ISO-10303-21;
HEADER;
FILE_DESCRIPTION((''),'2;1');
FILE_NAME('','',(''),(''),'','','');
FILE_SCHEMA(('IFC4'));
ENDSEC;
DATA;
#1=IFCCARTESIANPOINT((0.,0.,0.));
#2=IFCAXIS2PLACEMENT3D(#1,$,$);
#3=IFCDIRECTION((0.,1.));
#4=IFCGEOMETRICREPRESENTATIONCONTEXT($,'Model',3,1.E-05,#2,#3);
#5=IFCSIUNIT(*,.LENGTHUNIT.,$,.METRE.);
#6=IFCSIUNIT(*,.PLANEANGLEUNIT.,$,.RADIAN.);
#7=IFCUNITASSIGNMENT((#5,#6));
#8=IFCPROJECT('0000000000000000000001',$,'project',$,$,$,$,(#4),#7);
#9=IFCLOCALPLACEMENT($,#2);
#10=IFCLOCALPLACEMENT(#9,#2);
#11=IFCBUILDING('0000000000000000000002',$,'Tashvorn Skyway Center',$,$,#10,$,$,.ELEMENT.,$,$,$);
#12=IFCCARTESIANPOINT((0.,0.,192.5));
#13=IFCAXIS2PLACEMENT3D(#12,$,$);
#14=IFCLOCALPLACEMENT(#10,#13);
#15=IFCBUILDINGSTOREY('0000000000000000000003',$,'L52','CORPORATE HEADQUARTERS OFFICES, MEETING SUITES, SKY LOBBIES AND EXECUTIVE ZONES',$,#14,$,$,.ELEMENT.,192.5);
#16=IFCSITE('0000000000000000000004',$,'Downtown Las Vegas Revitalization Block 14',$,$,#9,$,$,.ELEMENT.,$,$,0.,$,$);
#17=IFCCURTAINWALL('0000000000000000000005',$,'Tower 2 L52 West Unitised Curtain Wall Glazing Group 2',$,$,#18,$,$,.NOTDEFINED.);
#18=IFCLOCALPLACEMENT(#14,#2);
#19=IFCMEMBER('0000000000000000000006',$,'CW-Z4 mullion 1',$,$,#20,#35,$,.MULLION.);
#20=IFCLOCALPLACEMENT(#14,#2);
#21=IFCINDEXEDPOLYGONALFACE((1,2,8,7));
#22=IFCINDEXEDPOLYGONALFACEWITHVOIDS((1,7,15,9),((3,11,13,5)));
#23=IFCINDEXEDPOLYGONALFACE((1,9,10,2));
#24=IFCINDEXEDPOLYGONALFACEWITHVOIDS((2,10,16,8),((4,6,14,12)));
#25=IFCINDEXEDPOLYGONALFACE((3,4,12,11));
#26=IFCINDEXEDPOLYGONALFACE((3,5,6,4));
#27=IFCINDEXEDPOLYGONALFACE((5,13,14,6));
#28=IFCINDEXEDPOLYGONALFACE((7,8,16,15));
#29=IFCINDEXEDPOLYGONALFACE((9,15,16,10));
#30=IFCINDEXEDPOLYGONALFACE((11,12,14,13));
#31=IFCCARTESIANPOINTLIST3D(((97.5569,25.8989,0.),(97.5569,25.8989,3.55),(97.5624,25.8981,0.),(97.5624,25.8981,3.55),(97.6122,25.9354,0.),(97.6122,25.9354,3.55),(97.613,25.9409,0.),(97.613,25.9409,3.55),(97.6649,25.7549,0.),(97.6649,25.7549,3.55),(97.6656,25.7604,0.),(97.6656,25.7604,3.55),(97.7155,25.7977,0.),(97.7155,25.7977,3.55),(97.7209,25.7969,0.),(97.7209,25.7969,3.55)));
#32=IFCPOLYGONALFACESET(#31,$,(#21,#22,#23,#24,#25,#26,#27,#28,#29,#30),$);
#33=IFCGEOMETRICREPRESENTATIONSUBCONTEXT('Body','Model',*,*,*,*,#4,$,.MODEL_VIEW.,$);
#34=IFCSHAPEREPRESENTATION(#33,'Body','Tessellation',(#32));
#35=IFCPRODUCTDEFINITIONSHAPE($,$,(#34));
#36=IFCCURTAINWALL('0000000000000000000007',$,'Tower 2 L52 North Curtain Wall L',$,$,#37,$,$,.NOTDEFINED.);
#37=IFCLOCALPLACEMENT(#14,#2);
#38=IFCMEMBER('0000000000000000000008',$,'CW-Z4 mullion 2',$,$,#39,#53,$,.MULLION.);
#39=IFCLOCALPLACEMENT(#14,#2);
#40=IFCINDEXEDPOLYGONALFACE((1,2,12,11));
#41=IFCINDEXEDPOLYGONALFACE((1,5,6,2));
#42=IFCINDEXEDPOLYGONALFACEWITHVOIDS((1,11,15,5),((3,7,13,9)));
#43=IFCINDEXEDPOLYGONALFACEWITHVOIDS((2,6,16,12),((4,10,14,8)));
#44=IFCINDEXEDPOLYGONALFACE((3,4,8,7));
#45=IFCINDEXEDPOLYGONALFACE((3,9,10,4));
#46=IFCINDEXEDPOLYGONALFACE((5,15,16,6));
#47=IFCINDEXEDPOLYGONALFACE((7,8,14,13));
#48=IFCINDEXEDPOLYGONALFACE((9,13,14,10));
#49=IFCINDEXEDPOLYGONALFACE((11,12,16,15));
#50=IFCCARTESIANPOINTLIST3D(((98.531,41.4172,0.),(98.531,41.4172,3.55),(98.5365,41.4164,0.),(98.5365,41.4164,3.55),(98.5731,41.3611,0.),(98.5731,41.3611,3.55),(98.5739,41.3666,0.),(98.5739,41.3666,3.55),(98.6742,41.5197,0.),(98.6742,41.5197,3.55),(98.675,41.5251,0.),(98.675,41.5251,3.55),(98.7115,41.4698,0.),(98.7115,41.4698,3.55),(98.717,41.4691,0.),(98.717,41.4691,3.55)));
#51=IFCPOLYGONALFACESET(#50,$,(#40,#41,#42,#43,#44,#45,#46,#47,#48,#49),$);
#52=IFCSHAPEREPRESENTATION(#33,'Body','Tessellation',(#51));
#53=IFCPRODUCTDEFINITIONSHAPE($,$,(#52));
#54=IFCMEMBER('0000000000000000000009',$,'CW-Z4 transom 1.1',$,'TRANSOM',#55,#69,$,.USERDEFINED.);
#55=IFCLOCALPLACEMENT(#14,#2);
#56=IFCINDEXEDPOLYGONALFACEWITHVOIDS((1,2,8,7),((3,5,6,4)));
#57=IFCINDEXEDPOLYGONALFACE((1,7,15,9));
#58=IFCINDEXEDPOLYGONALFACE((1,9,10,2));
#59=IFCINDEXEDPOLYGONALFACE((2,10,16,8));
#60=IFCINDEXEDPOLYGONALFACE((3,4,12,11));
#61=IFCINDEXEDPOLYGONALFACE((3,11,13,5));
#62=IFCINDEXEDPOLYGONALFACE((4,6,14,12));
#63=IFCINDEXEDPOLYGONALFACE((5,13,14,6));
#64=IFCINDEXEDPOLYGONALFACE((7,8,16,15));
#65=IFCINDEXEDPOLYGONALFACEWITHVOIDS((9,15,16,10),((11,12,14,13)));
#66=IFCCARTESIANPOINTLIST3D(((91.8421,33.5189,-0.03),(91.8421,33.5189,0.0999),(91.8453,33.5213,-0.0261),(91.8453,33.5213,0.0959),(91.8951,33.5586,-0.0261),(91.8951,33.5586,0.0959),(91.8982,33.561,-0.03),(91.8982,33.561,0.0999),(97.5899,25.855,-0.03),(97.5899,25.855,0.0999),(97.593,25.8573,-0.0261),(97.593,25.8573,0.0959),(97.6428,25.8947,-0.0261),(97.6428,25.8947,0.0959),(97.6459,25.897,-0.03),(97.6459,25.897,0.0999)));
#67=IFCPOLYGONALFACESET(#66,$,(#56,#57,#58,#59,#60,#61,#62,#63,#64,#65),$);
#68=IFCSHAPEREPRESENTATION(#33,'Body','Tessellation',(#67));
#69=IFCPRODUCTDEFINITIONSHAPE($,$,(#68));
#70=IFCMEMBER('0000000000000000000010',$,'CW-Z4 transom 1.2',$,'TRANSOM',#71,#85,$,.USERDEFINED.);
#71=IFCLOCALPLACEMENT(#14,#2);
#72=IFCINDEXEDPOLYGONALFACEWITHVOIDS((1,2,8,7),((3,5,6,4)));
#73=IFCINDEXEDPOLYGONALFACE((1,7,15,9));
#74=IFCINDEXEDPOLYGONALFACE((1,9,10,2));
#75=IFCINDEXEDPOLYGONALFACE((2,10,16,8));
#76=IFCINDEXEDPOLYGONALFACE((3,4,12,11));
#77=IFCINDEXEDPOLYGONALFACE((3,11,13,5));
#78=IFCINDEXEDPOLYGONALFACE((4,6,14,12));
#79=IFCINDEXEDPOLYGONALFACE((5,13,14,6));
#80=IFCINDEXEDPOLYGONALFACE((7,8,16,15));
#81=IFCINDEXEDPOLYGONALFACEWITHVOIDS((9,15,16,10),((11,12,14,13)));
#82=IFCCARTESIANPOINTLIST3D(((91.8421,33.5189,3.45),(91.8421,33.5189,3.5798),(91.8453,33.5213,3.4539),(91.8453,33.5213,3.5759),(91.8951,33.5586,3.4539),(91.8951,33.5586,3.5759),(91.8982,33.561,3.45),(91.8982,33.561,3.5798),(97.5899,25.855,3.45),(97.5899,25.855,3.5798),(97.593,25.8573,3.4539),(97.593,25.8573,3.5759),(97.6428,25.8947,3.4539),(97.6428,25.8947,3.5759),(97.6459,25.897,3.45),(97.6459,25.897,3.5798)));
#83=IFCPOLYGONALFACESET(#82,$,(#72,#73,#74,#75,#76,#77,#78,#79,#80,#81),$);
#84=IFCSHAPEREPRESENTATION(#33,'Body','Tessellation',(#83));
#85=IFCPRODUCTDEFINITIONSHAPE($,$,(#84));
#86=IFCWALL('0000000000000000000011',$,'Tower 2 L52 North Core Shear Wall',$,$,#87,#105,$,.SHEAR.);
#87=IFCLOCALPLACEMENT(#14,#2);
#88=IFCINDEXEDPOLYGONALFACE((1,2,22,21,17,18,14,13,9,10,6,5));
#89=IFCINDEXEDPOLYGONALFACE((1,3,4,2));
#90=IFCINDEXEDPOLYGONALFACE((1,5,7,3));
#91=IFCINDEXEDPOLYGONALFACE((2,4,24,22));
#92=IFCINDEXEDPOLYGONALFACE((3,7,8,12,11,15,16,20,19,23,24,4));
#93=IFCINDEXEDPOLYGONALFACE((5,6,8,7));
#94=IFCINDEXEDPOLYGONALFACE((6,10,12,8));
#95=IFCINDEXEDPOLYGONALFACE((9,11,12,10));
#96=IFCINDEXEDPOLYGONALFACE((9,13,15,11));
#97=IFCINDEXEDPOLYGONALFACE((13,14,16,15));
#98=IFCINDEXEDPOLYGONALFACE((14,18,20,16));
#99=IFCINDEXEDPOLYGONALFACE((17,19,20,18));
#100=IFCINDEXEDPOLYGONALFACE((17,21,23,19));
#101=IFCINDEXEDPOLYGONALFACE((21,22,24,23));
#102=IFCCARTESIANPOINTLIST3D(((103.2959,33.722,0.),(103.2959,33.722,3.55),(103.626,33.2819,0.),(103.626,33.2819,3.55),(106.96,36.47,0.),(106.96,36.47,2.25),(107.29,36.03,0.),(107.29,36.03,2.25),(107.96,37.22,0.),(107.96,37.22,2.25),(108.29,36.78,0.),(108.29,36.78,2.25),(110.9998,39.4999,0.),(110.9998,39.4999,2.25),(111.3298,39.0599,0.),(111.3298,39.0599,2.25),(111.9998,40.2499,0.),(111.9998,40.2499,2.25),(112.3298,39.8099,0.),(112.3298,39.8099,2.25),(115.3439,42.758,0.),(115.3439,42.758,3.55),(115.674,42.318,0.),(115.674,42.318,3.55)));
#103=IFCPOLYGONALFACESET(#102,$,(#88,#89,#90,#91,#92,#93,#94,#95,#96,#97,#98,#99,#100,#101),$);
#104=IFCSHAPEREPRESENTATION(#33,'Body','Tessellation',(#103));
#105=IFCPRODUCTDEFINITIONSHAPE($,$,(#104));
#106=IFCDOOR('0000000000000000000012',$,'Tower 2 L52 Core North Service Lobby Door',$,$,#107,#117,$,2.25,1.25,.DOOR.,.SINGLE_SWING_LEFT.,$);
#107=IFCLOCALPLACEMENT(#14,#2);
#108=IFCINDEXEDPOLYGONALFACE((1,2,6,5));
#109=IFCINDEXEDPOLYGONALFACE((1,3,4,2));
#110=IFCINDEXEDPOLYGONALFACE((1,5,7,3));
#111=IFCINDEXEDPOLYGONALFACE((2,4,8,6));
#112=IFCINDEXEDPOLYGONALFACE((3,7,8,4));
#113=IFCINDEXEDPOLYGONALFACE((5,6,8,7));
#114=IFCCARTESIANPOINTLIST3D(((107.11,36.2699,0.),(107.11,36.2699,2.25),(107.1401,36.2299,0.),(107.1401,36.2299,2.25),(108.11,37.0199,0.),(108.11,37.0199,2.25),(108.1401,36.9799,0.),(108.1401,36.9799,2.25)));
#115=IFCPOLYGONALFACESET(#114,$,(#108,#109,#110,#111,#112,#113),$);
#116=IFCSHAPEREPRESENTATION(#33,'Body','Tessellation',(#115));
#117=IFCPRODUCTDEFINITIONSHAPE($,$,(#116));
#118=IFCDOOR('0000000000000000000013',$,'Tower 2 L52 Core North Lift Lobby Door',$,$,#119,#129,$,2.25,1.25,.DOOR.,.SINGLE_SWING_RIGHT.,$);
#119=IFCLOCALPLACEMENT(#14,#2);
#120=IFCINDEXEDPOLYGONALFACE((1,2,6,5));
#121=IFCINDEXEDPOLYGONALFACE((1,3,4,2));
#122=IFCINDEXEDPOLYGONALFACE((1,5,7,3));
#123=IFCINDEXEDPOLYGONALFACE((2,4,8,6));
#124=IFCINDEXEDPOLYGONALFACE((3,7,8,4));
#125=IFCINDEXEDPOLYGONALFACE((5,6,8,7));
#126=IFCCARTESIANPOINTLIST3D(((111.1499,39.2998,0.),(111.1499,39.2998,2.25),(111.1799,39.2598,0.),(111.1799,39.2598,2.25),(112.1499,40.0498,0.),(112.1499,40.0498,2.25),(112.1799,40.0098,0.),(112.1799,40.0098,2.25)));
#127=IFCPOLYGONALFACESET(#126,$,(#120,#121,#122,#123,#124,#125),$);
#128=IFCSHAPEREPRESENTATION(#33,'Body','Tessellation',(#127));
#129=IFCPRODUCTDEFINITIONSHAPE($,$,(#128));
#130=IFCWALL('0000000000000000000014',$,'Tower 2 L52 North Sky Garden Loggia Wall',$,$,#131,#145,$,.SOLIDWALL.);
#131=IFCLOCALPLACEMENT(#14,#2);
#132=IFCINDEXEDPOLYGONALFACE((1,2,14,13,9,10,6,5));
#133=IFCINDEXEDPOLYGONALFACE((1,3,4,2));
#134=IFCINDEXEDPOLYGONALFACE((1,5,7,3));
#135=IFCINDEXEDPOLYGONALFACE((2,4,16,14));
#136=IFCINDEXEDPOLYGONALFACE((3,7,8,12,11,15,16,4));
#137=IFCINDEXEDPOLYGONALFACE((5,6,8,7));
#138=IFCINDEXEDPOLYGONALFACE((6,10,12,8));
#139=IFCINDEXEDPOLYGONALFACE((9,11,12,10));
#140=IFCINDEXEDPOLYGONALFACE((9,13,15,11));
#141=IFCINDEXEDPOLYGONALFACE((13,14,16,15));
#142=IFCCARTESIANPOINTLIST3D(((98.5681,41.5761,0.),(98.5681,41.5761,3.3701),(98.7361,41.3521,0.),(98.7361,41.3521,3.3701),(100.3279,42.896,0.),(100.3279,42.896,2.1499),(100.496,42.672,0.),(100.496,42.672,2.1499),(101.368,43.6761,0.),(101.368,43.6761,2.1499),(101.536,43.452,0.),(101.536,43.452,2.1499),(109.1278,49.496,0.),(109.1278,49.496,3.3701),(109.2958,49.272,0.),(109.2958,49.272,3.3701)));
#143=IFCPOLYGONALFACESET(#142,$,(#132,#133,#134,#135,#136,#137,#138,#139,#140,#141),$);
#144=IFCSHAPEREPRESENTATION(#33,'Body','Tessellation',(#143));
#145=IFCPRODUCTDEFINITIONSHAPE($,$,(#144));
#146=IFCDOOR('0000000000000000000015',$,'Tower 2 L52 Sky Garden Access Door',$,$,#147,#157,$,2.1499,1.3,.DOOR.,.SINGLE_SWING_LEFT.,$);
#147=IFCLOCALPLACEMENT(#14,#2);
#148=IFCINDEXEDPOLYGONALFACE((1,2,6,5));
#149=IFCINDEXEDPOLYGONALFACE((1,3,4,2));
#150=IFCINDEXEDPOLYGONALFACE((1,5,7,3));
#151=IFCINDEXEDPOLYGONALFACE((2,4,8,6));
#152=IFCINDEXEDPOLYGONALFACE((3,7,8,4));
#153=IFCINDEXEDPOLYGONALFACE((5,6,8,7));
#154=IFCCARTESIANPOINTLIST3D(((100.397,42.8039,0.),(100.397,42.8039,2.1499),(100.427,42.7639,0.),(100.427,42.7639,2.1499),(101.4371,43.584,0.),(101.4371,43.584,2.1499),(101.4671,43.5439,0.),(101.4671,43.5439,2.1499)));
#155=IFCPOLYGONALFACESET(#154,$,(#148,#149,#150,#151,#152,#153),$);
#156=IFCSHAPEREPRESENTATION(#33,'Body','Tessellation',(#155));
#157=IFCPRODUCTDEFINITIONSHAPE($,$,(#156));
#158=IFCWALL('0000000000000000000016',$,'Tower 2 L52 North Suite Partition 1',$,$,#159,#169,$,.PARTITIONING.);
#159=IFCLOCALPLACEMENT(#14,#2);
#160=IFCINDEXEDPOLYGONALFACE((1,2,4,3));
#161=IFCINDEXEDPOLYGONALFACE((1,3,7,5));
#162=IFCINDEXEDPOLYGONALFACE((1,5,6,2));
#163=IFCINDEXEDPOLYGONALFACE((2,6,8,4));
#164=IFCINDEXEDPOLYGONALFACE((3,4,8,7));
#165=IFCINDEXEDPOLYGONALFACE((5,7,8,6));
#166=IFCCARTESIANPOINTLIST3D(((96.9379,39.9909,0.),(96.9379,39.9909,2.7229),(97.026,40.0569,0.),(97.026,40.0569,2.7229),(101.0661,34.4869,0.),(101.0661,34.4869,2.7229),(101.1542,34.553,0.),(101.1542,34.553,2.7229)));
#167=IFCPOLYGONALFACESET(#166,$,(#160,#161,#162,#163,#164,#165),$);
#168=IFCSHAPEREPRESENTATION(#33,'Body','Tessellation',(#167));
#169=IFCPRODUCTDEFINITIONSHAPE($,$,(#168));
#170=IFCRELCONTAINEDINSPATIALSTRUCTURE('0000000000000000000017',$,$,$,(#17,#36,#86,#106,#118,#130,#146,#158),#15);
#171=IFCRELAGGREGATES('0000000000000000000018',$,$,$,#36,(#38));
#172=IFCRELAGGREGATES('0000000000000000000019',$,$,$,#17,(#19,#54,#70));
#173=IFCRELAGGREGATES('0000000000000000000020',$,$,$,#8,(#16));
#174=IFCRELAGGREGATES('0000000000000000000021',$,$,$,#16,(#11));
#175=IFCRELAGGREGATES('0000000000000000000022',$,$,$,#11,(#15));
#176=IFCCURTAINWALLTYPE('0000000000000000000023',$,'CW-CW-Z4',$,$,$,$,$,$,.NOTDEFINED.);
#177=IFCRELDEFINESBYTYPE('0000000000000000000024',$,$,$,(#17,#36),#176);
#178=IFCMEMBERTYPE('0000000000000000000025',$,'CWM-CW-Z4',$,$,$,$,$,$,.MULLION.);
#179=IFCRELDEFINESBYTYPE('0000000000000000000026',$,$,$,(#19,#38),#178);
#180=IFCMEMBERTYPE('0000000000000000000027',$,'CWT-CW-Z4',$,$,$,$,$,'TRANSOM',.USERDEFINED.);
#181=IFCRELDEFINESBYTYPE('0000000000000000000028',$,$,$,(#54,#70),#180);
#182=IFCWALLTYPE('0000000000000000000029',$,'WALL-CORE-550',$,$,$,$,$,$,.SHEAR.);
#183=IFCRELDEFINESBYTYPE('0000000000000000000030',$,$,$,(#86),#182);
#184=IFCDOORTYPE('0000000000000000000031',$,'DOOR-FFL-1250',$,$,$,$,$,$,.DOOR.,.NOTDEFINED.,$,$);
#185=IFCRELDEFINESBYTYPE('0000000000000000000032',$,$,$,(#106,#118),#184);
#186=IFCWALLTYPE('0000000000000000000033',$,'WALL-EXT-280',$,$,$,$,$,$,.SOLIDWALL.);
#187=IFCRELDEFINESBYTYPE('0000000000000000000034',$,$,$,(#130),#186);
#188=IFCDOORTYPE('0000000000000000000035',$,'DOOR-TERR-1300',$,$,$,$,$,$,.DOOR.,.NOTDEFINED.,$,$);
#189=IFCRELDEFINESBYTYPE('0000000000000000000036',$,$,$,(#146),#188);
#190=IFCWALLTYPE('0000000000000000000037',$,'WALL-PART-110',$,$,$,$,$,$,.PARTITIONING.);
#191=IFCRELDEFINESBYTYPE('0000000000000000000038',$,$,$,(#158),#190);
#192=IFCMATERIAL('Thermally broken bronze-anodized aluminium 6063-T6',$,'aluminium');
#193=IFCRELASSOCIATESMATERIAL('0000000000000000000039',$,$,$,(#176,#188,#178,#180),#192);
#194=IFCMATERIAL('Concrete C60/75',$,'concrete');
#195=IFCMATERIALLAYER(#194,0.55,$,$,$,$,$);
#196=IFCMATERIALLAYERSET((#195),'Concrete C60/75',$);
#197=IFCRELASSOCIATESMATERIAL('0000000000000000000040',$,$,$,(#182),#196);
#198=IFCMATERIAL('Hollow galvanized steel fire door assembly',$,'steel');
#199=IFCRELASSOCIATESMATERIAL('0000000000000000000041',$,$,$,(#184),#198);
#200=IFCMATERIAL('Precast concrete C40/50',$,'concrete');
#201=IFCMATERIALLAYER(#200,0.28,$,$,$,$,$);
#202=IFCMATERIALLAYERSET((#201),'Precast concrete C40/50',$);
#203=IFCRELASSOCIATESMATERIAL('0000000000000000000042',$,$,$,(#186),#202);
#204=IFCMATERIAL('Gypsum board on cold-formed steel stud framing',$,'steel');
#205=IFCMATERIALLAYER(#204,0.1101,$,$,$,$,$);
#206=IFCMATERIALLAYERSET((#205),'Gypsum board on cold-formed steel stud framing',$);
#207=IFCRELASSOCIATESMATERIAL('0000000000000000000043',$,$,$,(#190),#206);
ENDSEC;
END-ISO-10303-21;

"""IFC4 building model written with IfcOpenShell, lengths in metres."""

from ifc_helpers import new_model, si_unit, direction, frame, frame_2d, origin, origin_2d, place, context, subcontext, project, spatial, rectangle, hollow_rectangle, extrude, material, layer, layer_set, material_profile, profile_set, type_object, element, fill, aggregate, save


model = new_model("IFC4")

# Units and contexts
model_context = context("Model", 3, precision=1e-05, world=origin(), true_north=direction((0.0, 1.0)))
body_context = subcontext(model_context, "Body", "Model", "MODEL_VIEW")
ifc_project = project(units=[si_unit("LENGTHUNIT", "METRE"), si_unit("PLANEANGLEUNIT", "RADIAN")], contexts=[model_context])

# Site, building, storey
site_placement = place(None, origin())
site = spatial("IfcSite", under=ifc_project, at=site_placement, Name="Downtown Las Vegas Revitalization Block 14", CompositionType="ELEMENT", RefElevation=0.0)
building_placement = place(site_placement, origin())
building = spatial("IfcBuilding", under=site, at=building_placement, Name="Tashvorn Skyway Center", CompositionType="ELEMENT")
storey_placement = place(building_placement, frame((0.0, 0.0, 192.5)))
storey = spatial("IfcBuildingStorey", under=building, at=storey_placement, Name="L52", Description="CORPORATE HEADQUARTERS OFFICES, MEETING SUITES, SKY LOBBIES AND EXECUTIVE ZONES", CompositionType="ELEMENT", Elevation=192.5)

# Curtain walls, members
ifc_material_1 = material(Name="Thermally broken bronze-anodized aluminium 6063-T6", Category="aluminium")
curtain_wall_type = type_object("IfcCurtainWallType", Name="CW-CW-Z4", PredefinedType="NOTDEFINED", material=ifc_material_1)
ifc_material_profile_1 = material_profile(ifc_material_1, hollow_rectangle(XDim=0.0701, YDim=0.1799, WallThickness=0.0039, at=origin_2d()), Name="ALU-MULL-70x180")
ifc_profile_set_1 = profile_set([ifc_material_profile_1], Name="Thermally broken bronze-anodized aluminium 6063-T6")
member_type_1 = type_object("IfcMemberType", Name="CWM-CW-Z4", PredefinedType="MULLION", material=ifc_profile_set_1)
curtain_wall_1_placement = place(storey_placement, origin())
curtain_wall_1 = element("IfcCurtainWall", 1, at=curtain_wall_1_placement, inside=storey, type_object=curtain_wall_type, Name="Tower 2 L52 West Unitised Curtain Wall Glazing Group 2", PredefinedType="NOTDEFINED")
member_1_placement = place(storey_placement, frame((97.6389, 25.8479, 0.0), z_axis=(0.0, 0.0, 1.0), x_axis=(-0.8, -0.6, 0.0)))
member_1 = element("IfcMember", 2, at=member_1_placement, type_object=member_type_1, Name="CW-Z4 mullion 1", PredefinedType="MULLION", context=body_context, shape_type="SweptSolid", body=[
    extrude(hollow_rectangle(XDim=0.0701, YDim=0.1799, WallThickness=0.0039, at=origin_2d()), origin(), (0.0, 0.0, 1.0), 3.55),
])
curtain_wall_2_placement = place(storey_placement, origin())
curtain_wall_2 = element("IfcCurtainWall", 3, at=curtain_wall_2_placement, inside=storey, type_object=curtain_wall_type, Name="Tower 2 L52 North Curtain Wall L", PredefinedType="NOTDEFINED")
member_2_placement = place(storey_placement, frame((98.624, 41.4431, 0.0), z_axis=(0.0, 0.0, 1.0), x_axis=(-0.6, 0.8, 0.0)))
member_2 = element("IfcMember", 4, at=member_2_placement, type_object=member_type_1, Name="CW-Z4 mullion 2", PredefinedType="MULLION", context=body_context, shape_type="SweptSolid", body=[
    extrude(hollow_rectangle(XDim=0.0701, YDim=0.1799, WallThickness=0.0039, at=origin_2d()), origin(), (0.0, 0.0, 1.0), 3.55),
])
aggregate(curtain_wall_2, [member_2])

# Members
ifc_material_profile_2 = material_profile(ifc_material_1, hollow_rectangle(XDim=0.0701, YDim=0.1299, WallThickness=0.0039, at=origin_2d()), Name="ALU-TRAN-70x130")
ifc_profile_set_2 = profile_set([ifc_material_profile_2], Name="Thermally broken bronze-anodized aluminium 6063-T6")
member_type_2 = type_object("IfcMemberType", Name="CWT-CW-Z4", ElementType="TRANSOM", PredefinedType="USERDEFINED", material=ifc_profile_set_2)
member_3_placement = place(storey_placement, frame((97.6179, 25.876, 0.0349), z_axis=(-0.599984, 0.800012, 0.0), x_axis=(-0.800012, -0.599984, 0.0)))
member_3 = element("IfcMember", 5, at=member_3_placement, type_object=member_type_2, Name="CW-Z4 transom 1.1", ObjectType="TRANSOM", PredefinedType="USERDEFINED", context=body_context, shape_type="SweptSolid", body=[
    extrude(hollow_rectangle(XDim=0.0701, YDim=0.1299, WallThickness=0.0039, at=origin_2d()), origin(), (0.0, 0.0, 1.0), 9.5798),
])
member_4_placement = place(storey_placement, frame((97.6179, 25.876, 3.5149), z_axis=(-0.599984, 0.800012, 0.0), x_axis=(-0.800012, -0.599984, 0.0)))
member_4 = element("IfcMember", 6, at=member_4_placement, type_object=member_type_2, Name="CW-Z4 transom 1.2", ObjectType="TRANSOM", PredefinedType="USERDEFINED", context=body_context, shape_type="SweptSolid", body=[
    extrude(hollow_rectangle(XDim=0.0701, YDim=0.1299, WallThickness=0.0039, at=origin_2d()), origin(), (0.0, 0.0, 1.0), 9.5798),
])
aggregate(curtain_wall_1, [member_1, member_3, member_4])

# Wall, openings, doors
ifc_material_2 = material(Name="Concrete C60/75", Category="concrete")
ifc_layer_1 = layer(ifc_material_2, 0.55)
ifc_layer_set_1 = layer_set([ifc_layer_1], Name="Concrete C60/75")
wall_type_1 = type_object("IfcWallType", Name="WALL-CORE-550", PredefinedType="SHEAR", material=ifc_layer_set_1)
wall_1_placement = place(storey_placement, frame((103.4609, 33.502, 0.0), z_axis=(0.0, 0.0, 1.0), x_axis=(0.799998, 0.600003, 0.0)))
wall_1 = element("IfcWall", 7, at=wall_1_placement, inside=storey, type_object=wall_type_1, Name="Tower 2 L52 North Core Shear Wall", PredefinedType="SHEAR", context=body_context, shape_type="SweptSolid", body=[
    extrude(rectangle(XDim=15.0601, YDim=0.55, at=frame_2d((7.53, 0.0))), origin(), (0.0, 0.0, 1.0), 3.55),
])
opening_1_placement = place(wall_1_placement, frame((4.5801, 0.0, 0.0)))
opening_1 = element("IfcOpeningElement", 8, at=opening_1_placement, cuts=wall_1, PredefinedType="OPENING", context=body_context, shape_type="SweptSolid", body=[
    extrude(rectangle(XDim=1.25, YDim=2.25, at=frame_2d((0.625, 1.125))), frame((0.0, 0.2849, 0.0), z_axis=(0.0, -1.0, 0.0), x_axis=(1.0, 0.0, 0.0)), (0.0, 0.0, 1.0), 0.5701),
])
opening_2_placement = place(wall_1_placement, frame((9.6299, 0.0, 0.0)))
opening_2 = element("IfcOpeningElement", 9, at=opening_2_placement, cuts=wall_1, PredefinedType="OPENING", context=body_context, shape_type="SweptSolid", body=[
    extrude(rectangle(XDim=1.25, YDim=2.25, at=frame_2d((0.625, 1.125))), frame((0.0, 0.2849, 0.0), z_axis=(0.0, -1.0, 0.0), x_axis=(1.0, 0.0, 0.0)), (0.0, 0.0, 1.0), 0.5701),
])
ifc_material_3 = material(Name="Hollow galvanized steel fire door assembly", Category="steel")
door_type_1 = type_object("IfcDoorType", Name="DOOR-FFL-1250", OperationType="NOTDEFINED", PredefinedType="DOOR", material=ifc_material_3)
door_1_placement = place(opening_1_placement, origin())
door_1 = element("IfcDoor", 10, at=door_1_placement, inside=storey, type_object=door_type_1, Name="Tower 2 L52 Core North Service Lobby Door", OperationType="SINGLE_SWING_LEFT", OverallHeight=2.25, OverallWidth=1.25, PredefinedType="DOOR", context=body_context, shape_type="SweptSolid", body=[
    extrude(rectangle(XDim=1.25, YDim=2.25, at=frame_2d((0.625, 1.125))), frame((0.0, 0.0249, 0.0), z_axis=(0.0, -1.0, 0.0), x_axis=(1.0, 0.0, 0.0)), (0.0, 0.0, 1.0), 0.05),
])
fill(opening_1, door_1)
door_2_placement = place(opening_2_placement, origin())
door_2 = element("IfcDoor", 11, at=door_2_placement, inside=storey, type_object=door_type_1, Name="Tower 2 L52 Core North Lift Lobby Door", OperationType="SINGLE_SWING_RIGHT", OverallHeight=2.25, OverallWidth=1.25, PredefinedType="DOOR", context=body_context, shape_type="SweptSolid", body=[
    extrude(rectangle(XDim=1.25, YDim=2.25, at=frame_2d((0.625, 1.125))), frame((0.0, 0.0249, 0.0), z_axis=(0.0, -1.0, 0.0), x_axis=(1.0, 0.0, 0.0)), (0.0, 0.0, 1.0), 0.05),
])
fill(opening_2, door_2)

# Wall, opening, door
ifc_material_4 = material(Name="Precast concrete C40/50", Category="concrete")
ifc_layer_2 = layer(ifc_material_4, 0.28)
ifc_layer_set_2 = layer_set([ifc_layer_2], Name="Precast concrete C40/50")
wall_type_2 = type_object("IfcWallType", Name="WALL-EXT-280", PredefinedType="SOLIDWALL", material=ifc_layer_set_2)
wall_2_placement = place(storey_placement, frame((98.6521, 41.4641, 0.0), z_axis=(0.0, 0.0, 1.0), x_axis=(0.799998, 0.600003, 0.0)))
wall_2 = element("IfcWall", 12, at=wall_2_placement, inside=storey, type_object=wall_type_2, Name="Tower 2 L52 North Sky Garden Loggia Wall", PredefinedType="SOLIDWALL", context=body_context, shape_type="SweptSolid", body=[
    extrude(rectangle(XDim=13.1997, YDim=0.28, at=frame_2d((6.5999, 0.0))), origin(), (0.0, 0.0, 1.0), 3.3701),
])
opening_3_placement = place(wall_2_placement, frame((2.2, 0.0, 0.0)))
opening_3 = element("IfcOpeningElement", 13, at=opening_3_placement, cuts=wall_2, PredefinedType="OPENING", context=body_context, shape_type="SweptSolid", body=[
    extrude(rectangle(XDim=1.3, YDim=2.1499, at=frame_2d((0.6499, 1.075))), frame((0.0, 0.1499, 0.0), z_axis=(0.0, -1.0, 0.0), x_axis=(1.0, 0.0, 0.0)), (0.0, 0.0, 1.0), 0.3),
])
door_type_2 = type_object("IfcDoorType", Name="DOOR-TERR-1300", OperationType="NOTDEFINED", PredefinedType="DOOR", material=ifc_material_1)
door_3_placement = place(opening_3_placement, origin())
door_3 = element("IfcDoor", 14, at=door_3_placement, inside=storey, type_object=door_type_2, Name="Tower 2 L52 Sky Garden Access Door", OperationType="SINGLE_SWING_LEFT", OverallHeight=2.1499, OverallWidth=1.3, PredefinedType="DOOR", context=body_context, shape_type="SweptSolid", body=[
    extrude(rectangle(XDim=1.3, YDim=2.1499, at=frame_2d((0.6499, 1.075))), frame((0.0, 0.0249, 0.0), z_axis=(0.0, -1.0, 0.0), x_axis=(1.0, 0.0, 0.0)), (0.0, 0.0, 1.0), 0.05),
])
fill(opening_3, door_3)

# Wall
ifc_material_5 = material(Name="Gypsum board on cold-formed steel stud framing", Category="steel")
ifc_layer_3 = layer(ifc_material_5, 0.1101)
ifc_layer_set_3 = layer_set([ifc_layer_3], Name="Gypsum board on cold-formed steel stud framing")
wall_type_3 = type_object("IfcWallType", Name="WALL-PART-110", PredefinedType="PARTITIONING", material=ifc_layer_set_3)
wall_3_placement = place(storey_placement, frame((101.1101, 34.52, 0.0), z_axis=(0.0, 0.0, 1.0), x_axis=(-0.600023, 0.799983, 0.0)))
element("IfcWall", 15, at=wall_3_placement, inside=storey, type_object=wall_type_3, Name="Tower 2 L52 North Suite Partition 1", PredefinedType="PARTITIONING", context=body_context, shape_type="SweptSolid", body=[
    extrude(rectangle(XDim=6.8801, YDim=0.1101, at=frame_2d((3.4399, 0.0))), origin(), (0.0, 0.0, 1.0), 2.7229),
])

save(model, "model.ifc")
